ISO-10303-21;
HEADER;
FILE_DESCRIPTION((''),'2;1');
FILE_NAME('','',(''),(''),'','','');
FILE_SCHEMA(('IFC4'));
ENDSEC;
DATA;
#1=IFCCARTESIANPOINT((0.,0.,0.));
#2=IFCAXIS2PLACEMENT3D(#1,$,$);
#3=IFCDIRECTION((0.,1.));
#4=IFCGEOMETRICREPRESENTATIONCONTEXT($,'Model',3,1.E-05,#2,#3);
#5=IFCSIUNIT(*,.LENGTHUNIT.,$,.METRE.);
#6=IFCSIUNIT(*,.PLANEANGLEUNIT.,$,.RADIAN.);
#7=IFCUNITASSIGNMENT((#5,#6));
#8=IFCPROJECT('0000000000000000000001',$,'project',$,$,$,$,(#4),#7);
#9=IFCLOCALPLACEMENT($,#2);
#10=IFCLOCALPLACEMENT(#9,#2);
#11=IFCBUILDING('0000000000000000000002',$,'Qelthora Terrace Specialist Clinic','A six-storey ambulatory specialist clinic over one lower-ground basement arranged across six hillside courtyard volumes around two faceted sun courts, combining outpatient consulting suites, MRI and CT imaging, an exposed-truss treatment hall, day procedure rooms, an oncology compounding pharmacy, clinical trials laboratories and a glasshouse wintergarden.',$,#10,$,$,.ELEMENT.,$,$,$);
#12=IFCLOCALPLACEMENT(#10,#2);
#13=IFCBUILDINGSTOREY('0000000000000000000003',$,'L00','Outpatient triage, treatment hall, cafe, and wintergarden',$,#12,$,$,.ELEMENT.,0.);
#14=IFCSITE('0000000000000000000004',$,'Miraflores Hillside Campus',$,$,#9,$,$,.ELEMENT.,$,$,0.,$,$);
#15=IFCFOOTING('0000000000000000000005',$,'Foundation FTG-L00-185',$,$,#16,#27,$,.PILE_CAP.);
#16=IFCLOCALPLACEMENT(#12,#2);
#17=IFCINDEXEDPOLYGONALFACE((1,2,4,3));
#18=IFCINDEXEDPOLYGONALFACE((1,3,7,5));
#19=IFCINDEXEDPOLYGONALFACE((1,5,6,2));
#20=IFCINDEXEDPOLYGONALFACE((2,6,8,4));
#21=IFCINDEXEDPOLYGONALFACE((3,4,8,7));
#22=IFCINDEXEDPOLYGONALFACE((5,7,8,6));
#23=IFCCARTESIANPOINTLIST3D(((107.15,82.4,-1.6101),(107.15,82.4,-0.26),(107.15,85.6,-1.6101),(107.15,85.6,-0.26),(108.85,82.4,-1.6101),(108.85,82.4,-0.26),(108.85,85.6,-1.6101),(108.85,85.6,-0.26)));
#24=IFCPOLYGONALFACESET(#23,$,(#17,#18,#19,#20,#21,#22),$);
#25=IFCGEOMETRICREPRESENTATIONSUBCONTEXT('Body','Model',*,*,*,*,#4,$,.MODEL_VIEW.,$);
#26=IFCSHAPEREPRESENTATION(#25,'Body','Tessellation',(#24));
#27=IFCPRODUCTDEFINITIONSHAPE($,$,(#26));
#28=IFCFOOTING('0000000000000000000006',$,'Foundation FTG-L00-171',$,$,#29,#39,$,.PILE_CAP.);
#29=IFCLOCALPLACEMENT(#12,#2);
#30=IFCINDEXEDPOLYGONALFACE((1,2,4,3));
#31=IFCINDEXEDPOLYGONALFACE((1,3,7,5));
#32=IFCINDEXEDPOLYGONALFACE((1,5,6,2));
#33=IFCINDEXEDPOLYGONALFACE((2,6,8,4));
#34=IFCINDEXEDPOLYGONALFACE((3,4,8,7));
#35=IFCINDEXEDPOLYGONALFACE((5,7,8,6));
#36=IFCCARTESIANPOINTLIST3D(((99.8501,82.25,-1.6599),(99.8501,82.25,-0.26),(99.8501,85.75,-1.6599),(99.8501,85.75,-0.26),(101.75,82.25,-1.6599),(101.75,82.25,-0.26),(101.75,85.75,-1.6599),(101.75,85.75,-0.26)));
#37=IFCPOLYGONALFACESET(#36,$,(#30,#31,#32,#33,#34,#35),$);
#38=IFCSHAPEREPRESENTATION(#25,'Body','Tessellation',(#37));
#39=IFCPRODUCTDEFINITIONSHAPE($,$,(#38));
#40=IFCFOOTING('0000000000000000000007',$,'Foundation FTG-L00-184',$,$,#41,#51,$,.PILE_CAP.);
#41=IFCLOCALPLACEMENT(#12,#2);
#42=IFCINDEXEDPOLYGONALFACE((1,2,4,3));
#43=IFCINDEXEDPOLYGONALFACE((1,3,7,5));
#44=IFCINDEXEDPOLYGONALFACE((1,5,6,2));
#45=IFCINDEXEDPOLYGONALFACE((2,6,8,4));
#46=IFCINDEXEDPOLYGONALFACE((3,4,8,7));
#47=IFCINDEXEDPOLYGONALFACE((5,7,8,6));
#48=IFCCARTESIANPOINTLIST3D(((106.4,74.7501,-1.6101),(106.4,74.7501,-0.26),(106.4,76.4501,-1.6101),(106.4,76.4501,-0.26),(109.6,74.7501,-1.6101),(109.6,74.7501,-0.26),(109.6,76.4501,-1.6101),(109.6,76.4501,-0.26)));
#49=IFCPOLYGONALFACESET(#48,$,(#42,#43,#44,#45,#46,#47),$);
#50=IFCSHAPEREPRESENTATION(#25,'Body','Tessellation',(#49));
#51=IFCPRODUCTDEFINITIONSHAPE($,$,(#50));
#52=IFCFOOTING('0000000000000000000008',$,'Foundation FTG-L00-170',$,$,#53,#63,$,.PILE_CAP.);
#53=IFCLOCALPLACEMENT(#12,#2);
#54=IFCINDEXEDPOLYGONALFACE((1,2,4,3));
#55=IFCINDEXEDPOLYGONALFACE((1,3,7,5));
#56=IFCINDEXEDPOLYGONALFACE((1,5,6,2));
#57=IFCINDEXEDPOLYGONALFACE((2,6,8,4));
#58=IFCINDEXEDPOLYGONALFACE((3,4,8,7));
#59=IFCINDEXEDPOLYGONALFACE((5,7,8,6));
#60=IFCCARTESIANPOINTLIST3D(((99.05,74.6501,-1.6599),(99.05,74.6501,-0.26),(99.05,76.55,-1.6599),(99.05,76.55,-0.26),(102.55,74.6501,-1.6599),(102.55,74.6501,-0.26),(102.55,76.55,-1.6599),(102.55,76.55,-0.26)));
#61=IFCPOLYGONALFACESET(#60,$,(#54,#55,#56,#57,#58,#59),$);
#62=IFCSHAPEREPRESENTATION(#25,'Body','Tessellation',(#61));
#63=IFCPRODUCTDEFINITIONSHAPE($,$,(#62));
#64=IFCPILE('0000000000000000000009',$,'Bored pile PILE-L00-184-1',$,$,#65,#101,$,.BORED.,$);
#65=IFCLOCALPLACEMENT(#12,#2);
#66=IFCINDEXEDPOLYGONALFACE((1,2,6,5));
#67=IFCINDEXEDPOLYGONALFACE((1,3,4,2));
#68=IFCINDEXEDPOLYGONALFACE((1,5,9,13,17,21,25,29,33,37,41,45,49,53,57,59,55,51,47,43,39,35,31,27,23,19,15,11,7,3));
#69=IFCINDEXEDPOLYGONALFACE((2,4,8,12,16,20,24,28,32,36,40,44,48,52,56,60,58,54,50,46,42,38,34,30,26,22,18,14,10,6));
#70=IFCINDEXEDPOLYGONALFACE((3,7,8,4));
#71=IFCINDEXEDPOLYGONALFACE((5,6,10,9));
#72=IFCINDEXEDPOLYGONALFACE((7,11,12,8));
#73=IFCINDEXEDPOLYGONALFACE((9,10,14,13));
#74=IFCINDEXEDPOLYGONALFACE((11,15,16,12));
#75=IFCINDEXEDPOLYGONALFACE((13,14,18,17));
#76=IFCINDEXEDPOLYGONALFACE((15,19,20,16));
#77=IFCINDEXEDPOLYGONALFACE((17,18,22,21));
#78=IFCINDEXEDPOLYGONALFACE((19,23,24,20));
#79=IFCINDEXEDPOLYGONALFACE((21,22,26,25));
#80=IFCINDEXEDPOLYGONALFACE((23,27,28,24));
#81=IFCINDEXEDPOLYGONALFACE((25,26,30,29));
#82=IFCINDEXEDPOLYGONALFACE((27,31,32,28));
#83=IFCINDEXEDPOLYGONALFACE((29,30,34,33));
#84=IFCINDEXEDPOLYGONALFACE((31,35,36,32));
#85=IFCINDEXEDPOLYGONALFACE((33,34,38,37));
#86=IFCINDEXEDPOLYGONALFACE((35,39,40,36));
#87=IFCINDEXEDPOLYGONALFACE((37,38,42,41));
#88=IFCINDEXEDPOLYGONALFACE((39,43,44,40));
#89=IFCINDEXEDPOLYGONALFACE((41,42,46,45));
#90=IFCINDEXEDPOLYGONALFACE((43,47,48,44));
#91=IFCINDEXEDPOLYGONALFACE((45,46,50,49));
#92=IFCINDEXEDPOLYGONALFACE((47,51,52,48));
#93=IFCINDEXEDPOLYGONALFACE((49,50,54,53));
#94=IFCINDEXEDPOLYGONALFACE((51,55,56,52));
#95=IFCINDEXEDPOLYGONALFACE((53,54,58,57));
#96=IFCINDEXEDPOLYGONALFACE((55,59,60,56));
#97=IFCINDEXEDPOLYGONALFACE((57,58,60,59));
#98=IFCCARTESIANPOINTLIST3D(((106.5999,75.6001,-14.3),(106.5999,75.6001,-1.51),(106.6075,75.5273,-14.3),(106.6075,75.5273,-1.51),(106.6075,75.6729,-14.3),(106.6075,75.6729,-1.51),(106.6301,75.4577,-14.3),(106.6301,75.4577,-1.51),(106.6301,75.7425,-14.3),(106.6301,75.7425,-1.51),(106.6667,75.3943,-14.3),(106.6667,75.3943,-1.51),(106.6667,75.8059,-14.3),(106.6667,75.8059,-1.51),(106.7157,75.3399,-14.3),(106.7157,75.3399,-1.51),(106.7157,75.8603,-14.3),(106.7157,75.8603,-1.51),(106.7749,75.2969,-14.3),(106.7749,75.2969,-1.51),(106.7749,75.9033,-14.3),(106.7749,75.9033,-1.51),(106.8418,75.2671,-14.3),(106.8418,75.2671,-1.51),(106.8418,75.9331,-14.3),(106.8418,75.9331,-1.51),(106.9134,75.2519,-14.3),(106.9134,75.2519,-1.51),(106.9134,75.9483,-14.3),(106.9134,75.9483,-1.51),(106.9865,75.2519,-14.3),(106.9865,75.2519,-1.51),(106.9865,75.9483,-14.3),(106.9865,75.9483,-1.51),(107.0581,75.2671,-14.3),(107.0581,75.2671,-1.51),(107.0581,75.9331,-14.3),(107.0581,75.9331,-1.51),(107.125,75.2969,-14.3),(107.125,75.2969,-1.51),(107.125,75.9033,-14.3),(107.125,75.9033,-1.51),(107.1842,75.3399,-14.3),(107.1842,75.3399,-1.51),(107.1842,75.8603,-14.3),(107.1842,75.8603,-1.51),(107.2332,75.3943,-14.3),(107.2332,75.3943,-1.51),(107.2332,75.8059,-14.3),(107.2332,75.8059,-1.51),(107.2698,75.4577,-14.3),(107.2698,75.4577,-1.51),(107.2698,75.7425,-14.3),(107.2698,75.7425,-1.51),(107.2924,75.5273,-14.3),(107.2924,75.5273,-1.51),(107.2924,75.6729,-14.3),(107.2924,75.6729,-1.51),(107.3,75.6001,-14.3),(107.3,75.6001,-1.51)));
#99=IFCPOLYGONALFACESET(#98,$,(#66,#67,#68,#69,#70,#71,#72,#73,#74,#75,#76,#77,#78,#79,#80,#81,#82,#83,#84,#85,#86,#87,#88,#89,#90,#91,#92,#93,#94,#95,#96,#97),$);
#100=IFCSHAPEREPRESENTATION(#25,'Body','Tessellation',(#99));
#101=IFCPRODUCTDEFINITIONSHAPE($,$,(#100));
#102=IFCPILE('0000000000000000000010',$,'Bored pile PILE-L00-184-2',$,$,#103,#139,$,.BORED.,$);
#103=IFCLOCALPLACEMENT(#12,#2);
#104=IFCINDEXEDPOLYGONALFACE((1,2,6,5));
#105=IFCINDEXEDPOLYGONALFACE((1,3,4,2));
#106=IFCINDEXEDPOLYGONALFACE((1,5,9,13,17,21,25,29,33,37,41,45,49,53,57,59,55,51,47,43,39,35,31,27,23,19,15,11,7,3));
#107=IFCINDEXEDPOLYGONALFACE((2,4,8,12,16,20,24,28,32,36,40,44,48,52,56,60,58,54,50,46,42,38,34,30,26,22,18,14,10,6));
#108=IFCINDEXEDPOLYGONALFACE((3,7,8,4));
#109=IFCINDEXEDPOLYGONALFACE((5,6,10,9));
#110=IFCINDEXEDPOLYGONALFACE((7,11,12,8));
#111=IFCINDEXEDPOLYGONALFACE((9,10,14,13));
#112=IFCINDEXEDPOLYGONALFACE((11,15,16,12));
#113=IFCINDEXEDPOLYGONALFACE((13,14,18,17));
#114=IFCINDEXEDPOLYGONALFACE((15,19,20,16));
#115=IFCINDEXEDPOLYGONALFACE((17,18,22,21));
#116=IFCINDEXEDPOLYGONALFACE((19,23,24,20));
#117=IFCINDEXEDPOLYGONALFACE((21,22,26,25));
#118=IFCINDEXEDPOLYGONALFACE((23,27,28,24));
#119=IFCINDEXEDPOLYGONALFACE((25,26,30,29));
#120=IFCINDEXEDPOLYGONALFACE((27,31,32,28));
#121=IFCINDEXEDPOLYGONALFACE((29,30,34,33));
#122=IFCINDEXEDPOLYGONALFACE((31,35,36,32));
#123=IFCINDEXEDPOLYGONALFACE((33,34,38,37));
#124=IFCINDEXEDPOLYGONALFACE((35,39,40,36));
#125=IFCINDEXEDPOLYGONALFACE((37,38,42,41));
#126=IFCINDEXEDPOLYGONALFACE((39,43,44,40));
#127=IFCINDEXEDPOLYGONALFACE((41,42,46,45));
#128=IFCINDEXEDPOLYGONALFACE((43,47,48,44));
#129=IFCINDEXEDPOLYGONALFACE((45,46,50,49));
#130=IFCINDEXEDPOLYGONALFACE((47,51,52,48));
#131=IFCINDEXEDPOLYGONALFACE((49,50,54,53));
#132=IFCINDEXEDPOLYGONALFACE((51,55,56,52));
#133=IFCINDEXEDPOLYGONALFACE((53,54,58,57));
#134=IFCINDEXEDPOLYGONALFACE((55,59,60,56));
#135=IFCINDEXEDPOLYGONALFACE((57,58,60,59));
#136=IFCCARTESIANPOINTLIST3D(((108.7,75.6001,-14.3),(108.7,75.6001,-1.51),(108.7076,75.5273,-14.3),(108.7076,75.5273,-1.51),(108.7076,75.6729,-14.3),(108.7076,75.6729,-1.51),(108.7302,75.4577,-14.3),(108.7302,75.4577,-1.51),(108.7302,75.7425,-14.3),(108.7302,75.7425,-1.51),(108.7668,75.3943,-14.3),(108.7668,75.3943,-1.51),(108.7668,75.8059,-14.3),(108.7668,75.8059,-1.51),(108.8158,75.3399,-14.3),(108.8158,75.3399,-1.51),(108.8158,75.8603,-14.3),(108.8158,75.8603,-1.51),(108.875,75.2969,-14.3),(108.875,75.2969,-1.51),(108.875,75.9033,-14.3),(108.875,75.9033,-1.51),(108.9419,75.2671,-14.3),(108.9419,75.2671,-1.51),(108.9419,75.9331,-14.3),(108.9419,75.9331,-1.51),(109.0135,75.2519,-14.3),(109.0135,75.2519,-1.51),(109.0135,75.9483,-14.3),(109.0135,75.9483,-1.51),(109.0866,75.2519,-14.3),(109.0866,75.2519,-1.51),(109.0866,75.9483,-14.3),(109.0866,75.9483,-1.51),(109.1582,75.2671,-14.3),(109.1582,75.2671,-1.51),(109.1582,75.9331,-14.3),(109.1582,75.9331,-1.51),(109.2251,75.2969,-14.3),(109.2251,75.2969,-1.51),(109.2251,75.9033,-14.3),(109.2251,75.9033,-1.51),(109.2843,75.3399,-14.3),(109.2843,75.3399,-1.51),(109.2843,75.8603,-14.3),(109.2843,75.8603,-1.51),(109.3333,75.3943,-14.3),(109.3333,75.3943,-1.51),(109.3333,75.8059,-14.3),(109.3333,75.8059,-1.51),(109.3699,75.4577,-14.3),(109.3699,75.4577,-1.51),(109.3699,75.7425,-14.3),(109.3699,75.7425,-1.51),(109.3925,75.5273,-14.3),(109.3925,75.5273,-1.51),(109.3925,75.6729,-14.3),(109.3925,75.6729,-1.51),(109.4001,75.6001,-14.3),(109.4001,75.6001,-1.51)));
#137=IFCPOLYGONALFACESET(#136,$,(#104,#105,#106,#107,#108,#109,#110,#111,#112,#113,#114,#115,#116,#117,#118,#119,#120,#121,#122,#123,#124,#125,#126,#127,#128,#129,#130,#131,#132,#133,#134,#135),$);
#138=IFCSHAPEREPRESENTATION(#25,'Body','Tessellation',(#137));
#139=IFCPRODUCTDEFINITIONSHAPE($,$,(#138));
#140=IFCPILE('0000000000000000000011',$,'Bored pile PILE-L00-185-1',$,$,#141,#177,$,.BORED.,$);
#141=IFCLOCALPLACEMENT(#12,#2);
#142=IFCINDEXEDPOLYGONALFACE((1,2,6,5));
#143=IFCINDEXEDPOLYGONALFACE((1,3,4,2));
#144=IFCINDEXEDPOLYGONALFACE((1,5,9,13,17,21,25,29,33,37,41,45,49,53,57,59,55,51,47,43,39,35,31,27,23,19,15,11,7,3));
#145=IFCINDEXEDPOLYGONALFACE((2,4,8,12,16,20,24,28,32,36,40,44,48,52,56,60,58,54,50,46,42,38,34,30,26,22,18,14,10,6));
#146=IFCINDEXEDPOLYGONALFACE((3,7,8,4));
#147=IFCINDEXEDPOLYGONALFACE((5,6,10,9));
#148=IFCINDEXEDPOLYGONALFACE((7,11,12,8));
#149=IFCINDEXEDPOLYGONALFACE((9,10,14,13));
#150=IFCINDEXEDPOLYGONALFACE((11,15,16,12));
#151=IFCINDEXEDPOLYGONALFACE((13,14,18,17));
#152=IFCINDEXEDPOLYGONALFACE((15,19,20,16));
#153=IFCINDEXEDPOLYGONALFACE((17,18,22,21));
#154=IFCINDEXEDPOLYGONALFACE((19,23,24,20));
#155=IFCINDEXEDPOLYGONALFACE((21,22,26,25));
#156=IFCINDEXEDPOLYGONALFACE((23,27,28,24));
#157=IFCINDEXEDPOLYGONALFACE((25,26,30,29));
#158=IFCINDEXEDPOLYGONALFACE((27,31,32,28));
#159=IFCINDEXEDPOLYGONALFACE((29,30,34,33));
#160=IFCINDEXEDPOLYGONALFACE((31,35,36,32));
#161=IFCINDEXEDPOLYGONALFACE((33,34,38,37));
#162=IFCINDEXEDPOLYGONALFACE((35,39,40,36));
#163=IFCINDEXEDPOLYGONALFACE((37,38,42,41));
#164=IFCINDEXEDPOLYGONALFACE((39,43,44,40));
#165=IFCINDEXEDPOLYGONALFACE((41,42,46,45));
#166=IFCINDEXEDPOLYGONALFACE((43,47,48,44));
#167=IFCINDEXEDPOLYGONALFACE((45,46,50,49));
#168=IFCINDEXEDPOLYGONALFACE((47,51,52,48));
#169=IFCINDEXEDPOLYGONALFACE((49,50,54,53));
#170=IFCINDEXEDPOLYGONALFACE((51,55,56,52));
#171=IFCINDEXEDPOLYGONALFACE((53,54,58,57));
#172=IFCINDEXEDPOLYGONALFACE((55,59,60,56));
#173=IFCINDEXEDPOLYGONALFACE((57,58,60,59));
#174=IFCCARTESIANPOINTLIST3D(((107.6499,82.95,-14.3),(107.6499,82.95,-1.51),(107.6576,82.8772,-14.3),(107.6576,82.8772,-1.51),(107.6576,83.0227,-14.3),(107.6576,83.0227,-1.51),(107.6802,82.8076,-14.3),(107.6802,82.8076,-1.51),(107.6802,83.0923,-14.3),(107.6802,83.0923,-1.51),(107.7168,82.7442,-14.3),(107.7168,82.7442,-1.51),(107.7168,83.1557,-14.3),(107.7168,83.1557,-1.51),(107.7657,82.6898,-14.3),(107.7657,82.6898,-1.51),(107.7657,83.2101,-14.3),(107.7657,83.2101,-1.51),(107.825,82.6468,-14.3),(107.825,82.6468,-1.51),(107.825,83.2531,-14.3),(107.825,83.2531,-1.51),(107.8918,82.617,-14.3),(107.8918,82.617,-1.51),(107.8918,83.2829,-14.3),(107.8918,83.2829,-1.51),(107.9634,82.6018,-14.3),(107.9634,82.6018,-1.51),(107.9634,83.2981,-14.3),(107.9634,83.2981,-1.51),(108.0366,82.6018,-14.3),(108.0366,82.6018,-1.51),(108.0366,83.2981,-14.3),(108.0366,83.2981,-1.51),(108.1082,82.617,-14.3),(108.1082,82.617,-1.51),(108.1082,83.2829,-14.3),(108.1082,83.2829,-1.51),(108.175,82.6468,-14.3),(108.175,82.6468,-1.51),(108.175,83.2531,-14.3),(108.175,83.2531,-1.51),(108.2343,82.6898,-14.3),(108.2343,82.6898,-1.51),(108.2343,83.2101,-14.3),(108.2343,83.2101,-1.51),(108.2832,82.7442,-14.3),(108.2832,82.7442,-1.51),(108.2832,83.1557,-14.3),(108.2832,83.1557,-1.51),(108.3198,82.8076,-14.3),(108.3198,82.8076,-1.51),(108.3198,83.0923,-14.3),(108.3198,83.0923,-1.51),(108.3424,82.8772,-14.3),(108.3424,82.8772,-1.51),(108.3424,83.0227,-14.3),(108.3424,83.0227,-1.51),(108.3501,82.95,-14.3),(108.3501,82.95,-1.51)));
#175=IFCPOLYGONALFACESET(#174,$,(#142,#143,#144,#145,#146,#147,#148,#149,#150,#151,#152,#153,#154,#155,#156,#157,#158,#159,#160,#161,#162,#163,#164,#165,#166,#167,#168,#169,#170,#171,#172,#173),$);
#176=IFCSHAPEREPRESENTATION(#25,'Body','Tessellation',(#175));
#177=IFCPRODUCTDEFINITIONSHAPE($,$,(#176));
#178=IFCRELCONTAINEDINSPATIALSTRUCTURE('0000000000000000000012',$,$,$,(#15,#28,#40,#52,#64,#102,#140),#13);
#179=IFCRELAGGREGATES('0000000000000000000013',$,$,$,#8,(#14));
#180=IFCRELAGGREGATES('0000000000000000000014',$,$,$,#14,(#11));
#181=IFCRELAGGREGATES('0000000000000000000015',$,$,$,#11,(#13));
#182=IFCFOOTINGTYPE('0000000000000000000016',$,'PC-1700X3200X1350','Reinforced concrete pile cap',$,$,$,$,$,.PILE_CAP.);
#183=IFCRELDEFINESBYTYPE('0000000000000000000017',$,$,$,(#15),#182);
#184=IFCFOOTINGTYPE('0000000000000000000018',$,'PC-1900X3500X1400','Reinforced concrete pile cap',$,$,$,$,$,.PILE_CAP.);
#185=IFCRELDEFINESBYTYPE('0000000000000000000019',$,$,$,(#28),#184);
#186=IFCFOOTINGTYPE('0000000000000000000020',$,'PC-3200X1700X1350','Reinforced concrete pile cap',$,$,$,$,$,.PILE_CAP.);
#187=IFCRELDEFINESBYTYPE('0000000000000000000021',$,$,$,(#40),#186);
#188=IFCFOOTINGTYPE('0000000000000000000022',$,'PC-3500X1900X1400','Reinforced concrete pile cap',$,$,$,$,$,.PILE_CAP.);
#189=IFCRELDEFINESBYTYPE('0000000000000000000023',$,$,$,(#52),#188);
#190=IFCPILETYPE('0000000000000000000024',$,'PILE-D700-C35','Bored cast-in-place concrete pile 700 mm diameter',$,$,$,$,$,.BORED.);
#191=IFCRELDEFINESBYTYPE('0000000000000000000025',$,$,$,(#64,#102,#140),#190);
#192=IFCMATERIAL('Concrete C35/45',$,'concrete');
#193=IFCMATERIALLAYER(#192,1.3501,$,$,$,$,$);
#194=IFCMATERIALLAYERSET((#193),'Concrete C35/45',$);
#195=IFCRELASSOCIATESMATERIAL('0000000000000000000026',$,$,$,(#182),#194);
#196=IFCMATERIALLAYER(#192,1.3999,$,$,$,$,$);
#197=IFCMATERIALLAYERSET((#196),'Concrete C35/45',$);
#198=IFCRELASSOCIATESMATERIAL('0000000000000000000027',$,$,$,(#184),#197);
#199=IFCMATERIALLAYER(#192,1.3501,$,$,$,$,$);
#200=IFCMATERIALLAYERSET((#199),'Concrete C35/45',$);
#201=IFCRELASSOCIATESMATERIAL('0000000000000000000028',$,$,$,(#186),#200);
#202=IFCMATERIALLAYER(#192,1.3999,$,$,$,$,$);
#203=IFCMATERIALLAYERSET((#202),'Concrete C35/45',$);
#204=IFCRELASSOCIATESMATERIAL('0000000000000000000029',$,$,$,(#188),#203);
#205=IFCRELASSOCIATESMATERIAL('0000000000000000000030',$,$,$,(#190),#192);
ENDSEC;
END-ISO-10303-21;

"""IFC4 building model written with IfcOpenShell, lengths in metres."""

from ifc_helpers import new_model, si_unit, direction, frame, origin, origin_2d, place, context, subcontext, project, spatial, rectangle, circle, extrude, material, layer, layer_set, material_profile, profile_set, type_object, element, save


model = new_model("IFC4")

# Units and contexts
model_context = context("Model", 3, precision=1e-05, world=origin(), true_north=direction((0.0, 1.0)))
body_context = subcontext(model_context, "Body", "Model", "MODEL_VIEW")
ifc_project = project(units=[si_unit("LENGTHUNIT", "METRE"), si_unit("PLANEANGLEUNIT", "RADIAN")], contexts=[model_context])

# Site, building, storey
site_placement = place(None, origin())
site = spatial("IfcSite", under=ifc_project, at=site_placement, Name="Miraflores Hillside Campus", CompositionType="ELEMENT", RefElevation=0.0)
building_placement = place(site_placement, origin())
building = spatial("IfcBuilding", under=site, at=building_placement, Name="Qelthora Terrace Specialist Clinic", Description="A six-storey ambulatory specialist clinic over one lower-ground basement arranged across six hillside courtyard volumes around two faceted sun courts, combining outpatient consulting suites, MRI and CT imaging, an exposed-truss treatment hall, day procedure rooms, an oncology compounding pharmacy, clinical trials laboratories and a glasshouse wintergarden.", CompositionType="ELEMENT")
storey_placement = place(building_placement, origin())
storey = spatial("IfcBuildingStorey", under=building, at=storey_placement, Name="L00", Description="Outpatient triage, treatment hall, cafe, and wintergarden", CompositionType="ELEMENT", Elevation=0.0)

# Footings
ifc_material_1 = material(Name="Concrete C35/45", Category="concrete")
ifc_layer_1 = layer(ifc_material_1, 1.3501)
ifc_layer_set_1 = layer_set([ifc_layer_1], Name="Concrete C35/45")
footing_type_1 = type_object("IfcFootingType", Name="PC-1700X3200X1350", Description="Reinforced concrete pile cap", PredefinedType="PILE_CAP", material=ifc_layer_set_1)
footing_1_placement = place(storey_placement, frame((108.0, 84.0, -1.6101), z_axis=(0.0, 0.0, 1.0), x_axis=(1.0, 0.0, 0.0)))
element("IfcFooting", 1, at=footing_1_placement, inside=storey, type_object=footing_type_1, Name="Foundation FTG-L00-185", PredefinedType="PILE_CAP", context=body_context, shape_type="SweptSolid", body=[
    extrude(rectangle(XDim=1.7, YDim=3.2, at=origin_2d()), origin(), (0.0, 0.0, 1.0), 1.3501),
])
ifc_layer_2 = layer(ifc_material_1, 1.3999)
ifc_layer_set_2 = layer_set([ifc_layer_2], Name="Concrete C35/45")
footing_type_2 = type_object("IfcFootingType", Name="PC-1900X3500X1400", Description="Reinforced concrete pile cap", PredefinedType="PILE_CAP", material=ifc_layer_set_2)
footing_2_placement = place(storey_placement, frame((100.8, 84.0, -1.6599), z_axis=(0.0, 0.0, 1.0), x_axis=(1.0, 0.0, 0.0)))
element("IfcFooting", 2, at=footing_2_placement, inside=storey, type_object=footing_type_2, Name="Foundation FTG-L00-171", PredefinedType="PILE_CAP", context=body_context, shape_type="SweptSolid", body=[
    extrude(rectangle(XDim=1.8999, YDim=3.5, at=origin_2d()), origin(), (0.0, 0.0, 1.0), 1.3999),
])
ifc_layer_3 = layer(ifc_material_1, 1.3501)
ifc_layer_set_3 = layer_set([ifc_layer_3], Name="Concrete C35/45")
footing_type_3 = type_object("IfcFootingType", Name="PC-3200X1700X1350", Description="Reinforced concrete pile cap", PredefinedType="PILE_CAP", material=ifc_layer_set_3)
footing_3_placement = place(storey_placement, frame((108.0, 75.6001, -1.6101), z_axis=(0.0, 0.0, 1.0), x_axis=(1.0, 0.0, 0.0)))
element("IfcFooting", 3, at=footing_3_placement, inside=storey, type_object=footing_type_3, Name="Foundation FTG-L00-184", PredefinedType="PILE_CAP", context=body_context, shape_type="SweptSolid", body=[
    extrude(rectangle(XDim=3.2, YDim=1.7, at=origin_2d()), origin(), (0.0, 0.0, 1.0), 1.3501),
])
ifc_layer_4 = layer(ifc_material_1, 1.3999)
ifc_layer_set_4 = layer_set([ifc_layer_4], Name="Concrete C35/45")
footing_type_4 = type_object("IfcFootingType", Name="PC-3500X1900X1400", Description="Reinforced concrete pile cap", PredefinedType="PILE_CAP", material=ifc_layer_set_4)
footing_4_placement = place(storey_placement, frame((100.8, 75.6001, -1.6599), z_axis=(0.0, 0.0, 1.0), x_axis=(1.0, 0.0, 0.0)))
element("IfcFooting", 4, at=footing_4_placement, inside=storey, type_object=footing_type_4, Name="Foundation FTG-L00-170", PredefinedType="PILE_CAP", context=body_context, shape_type="SweptSolid", body=[
    extrude(rectangle(XDim=3.5, YDim=1.8999, at=origin_2d()), origin(), (0.0, 0.0, 1.0), 1.3999),
])

# Piles
ifc_material_profile_1 = material_profile(ifc_material_1, circle(Radius=0.3501, at=origin_2d()), Name="PILE700")
ifc_profile_set_1 = profile_set([ifc_material_profile_1], Name="Concrete C35/45")
pile_type_1 = type_object("IfcPileType", Name="PILE-D700-C35", Description="Bored cast-in-place concrete pile 700 mm diameter", PredefinedType="BORED", material=ifc_profile_set_1)
for number, where, z_axis, x_axis, name in (
    (5, (106.95, 75.6001, -1.51), (0.0, 0.0, -1.0), (1.0, 0.0, 0.0), "Bored pile PILE-L00-184-1"),
    (6, (109.05, 75.6001, -1.51), (0.0, 0.0, -1.0), (1.0, 0.0, 0.0), "Bored pile PILE-L00-184-2"),
    (7, (108.0, 82.95, -1.51), (0.0, 0.0, -1.0), (1.0, 0.0, 0.0), "Bored pile PILE-L00-185-1"),
):
    element("IfcPile", number, at=place(storey_placement, frame(where, z_axis=z_axis, x_axis=x_axis)), inside=storey, type_object=pile_type_1, Name=name, PredefinedType="BORED", context=body_context, shape_type="SweptSolid", body=[
        extrude(circle(Radius=0.3501, at=origin_2d()), origin(), (0.0, 0.0, 1.0), 12.79),
    ])

save(model, "model.ifc")
